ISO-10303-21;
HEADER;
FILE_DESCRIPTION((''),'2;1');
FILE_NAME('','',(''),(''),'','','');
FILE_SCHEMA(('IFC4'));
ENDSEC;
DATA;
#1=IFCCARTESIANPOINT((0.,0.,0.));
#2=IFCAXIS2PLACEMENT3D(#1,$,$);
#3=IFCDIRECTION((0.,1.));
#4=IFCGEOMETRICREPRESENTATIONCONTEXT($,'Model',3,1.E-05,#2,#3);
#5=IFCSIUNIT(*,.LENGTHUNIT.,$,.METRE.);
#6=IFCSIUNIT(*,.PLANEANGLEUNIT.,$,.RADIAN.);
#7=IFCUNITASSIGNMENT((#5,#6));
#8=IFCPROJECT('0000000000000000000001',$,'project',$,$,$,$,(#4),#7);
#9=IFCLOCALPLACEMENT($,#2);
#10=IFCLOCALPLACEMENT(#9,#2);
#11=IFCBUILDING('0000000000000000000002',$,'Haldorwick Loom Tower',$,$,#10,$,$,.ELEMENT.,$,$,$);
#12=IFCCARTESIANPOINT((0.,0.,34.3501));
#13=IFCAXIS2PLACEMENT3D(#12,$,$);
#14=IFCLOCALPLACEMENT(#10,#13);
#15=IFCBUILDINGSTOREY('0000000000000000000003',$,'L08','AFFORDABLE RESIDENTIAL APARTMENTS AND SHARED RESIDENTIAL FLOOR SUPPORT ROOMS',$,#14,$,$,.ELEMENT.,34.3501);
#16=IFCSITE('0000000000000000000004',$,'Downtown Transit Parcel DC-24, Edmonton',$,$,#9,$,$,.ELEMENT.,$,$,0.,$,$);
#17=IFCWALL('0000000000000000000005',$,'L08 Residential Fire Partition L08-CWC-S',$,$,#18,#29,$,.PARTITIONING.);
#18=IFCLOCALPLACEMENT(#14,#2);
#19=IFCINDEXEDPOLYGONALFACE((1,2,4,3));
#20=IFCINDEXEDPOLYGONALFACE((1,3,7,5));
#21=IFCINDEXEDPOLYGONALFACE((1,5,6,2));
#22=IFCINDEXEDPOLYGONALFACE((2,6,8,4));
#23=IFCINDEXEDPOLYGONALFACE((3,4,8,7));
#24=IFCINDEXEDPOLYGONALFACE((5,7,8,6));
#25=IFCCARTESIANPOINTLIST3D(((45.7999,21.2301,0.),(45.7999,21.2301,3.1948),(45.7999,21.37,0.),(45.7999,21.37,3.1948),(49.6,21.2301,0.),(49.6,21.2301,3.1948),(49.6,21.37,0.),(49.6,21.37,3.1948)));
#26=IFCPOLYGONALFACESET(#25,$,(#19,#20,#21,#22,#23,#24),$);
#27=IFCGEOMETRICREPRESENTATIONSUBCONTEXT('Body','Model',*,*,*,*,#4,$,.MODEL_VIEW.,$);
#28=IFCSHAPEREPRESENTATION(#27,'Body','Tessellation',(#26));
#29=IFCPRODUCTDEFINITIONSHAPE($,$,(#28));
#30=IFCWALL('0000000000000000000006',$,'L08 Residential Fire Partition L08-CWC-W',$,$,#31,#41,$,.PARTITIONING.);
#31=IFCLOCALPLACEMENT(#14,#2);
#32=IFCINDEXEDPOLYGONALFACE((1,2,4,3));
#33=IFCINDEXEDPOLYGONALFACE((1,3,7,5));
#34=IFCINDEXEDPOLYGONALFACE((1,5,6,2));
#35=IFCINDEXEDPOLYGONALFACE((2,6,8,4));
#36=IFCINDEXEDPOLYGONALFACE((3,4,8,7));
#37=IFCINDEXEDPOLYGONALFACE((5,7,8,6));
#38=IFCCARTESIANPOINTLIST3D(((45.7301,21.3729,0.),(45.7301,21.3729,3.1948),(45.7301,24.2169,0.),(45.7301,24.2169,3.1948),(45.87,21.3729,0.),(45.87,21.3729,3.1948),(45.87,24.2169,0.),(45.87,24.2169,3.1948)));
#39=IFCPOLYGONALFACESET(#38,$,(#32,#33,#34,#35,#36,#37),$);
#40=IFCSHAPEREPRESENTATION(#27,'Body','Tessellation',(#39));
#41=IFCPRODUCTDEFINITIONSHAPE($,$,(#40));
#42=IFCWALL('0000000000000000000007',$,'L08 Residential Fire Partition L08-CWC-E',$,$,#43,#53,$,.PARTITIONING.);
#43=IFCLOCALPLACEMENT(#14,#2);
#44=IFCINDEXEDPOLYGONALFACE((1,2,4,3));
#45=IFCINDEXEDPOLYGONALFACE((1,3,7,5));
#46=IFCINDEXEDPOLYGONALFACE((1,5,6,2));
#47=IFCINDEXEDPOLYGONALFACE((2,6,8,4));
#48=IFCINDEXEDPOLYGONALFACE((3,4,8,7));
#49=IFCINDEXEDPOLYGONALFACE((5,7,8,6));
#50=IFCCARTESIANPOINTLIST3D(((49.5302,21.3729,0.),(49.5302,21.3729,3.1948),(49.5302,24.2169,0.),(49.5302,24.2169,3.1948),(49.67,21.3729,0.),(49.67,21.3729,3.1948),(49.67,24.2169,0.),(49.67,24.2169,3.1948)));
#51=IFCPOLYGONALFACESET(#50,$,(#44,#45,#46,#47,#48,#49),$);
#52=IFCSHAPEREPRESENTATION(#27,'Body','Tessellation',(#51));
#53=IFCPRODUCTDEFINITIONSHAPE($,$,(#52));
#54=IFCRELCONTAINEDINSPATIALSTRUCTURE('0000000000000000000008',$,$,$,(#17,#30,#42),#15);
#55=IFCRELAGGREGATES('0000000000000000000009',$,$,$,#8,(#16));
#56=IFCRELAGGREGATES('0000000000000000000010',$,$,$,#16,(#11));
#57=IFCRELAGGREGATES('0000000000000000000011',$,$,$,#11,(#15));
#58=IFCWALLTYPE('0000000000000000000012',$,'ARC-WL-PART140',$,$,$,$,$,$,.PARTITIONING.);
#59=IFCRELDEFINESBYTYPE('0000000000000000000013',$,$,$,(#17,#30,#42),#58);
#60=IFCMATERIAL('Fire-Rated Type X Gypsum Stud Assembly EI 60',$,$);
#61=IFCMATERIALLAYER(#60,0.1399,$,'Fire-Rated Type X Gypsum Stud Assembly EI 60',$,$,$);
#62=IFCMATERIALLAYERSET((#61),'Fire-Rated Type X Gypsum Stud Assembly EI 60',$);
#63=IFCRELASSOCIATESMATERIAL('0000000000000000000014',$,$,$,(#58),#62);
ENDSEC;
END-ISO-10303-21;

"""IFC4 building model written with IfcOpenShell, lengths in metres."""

from ifc_helpers import new_model, si_unit, direction, frame, frame_2d, origin, place, context, subcontext, project, spatial, rectangle, extrude, material, layer, layer_set, type_object, element, save


model = new_model("IFC4")

# Units and contexts
model_context = context("Model", 3, precision=1e-05, world=origin(), true_north=direction((0.0, 1.0)))
body_context = subcontext(model_context, "Body", "Model", "MODEL_VIEW")
ifc_project = project(units=[si_unit("LENGTHUNIT", "METRE"), si_unit("PLANEANGLEUNIT", "RADIAN")], contexts=[model_context])

# Site, building, storey
site_placement = place(None, origin())
site = spatial("IfcSite", under=ifc_project, at=site_placement, Name="Downtown Transit Parcel DC-24, Edmonton", CompositionType="ELEMENT", RefElevation=0.0)
building_placement = place(site_placement, origin())
building = spatial("IfcBuilding", under=site, at=building_placement, Name="Haldorwick Loom Tower", CompositionType="ELEMENT")
storey_placement = place(building_placement, frame((0.0, 0.0, 34.3501)))
storey = spatial("IfcBuildingStorey", under=building, at=storey_placement, Name="L08", Description="AFFORDABLE RESIDENTIAL APARTMENTS AND SHARED RESIDENTIAL FLOOR SUPPORT ROOMS", CompositionType="ELEMENT", Elevation=34.3501)

# Shared definitions
ifc_material_1 = material(Name="Fire-Rated Type X Gypsum Stud Assembly EI 60")

# Walls
ifc_layer_1 = layer(ifc_material_1, 0.1399, Name="Fire-Rated Type X Gypsum Stud Assembly EI 60")
ifc_layer_set_1 = layer_set([ifc_layer_1], Name="Fire-Rated Type X Gypsum Stud Assembly EI 60")
wall_type_1 = type_object("IfcWallType", Name="ARC-WL-PART140", PredefinedType="PARTITIONING", material=ifc_layer_set_1)
wall_1_placement = place(storey_placement, frame((45.8, 21.3, 0.0), z_axis=(0.0, 0.0, 1.0), x_axis=(1.0, 0.0, 0.0)))
element("IfcWall", 1, at=wall_1_placement, inside=storey, type_object=wall_type_1, Name="L08 Residential Fire Partition L08-CWC-S", PredefinedType="PARTITIONING", context=body_context, shape_type="SweptSolid", body=[
    extrude(rectangle(XDim=3.8, YDim=0.1399, at=frame_2d((1.8999, 0.0))), origin(), (0.0, 0.0, 1.0), 3.1948),
])
for number, where, z_axis, x_axis, name in (
    (2, (45.8, 21.373, 0.0), (0.0, 0.0, 1.0), (0.0, 1.0, 0.0), "L08 Residential Fire Partition L08-CWC-W"),
    (3, (49.6001, 21.373, 0.0), (0.0, 0.0, 1.0), (0.0, 1.0, 0.0), "L08 Residential Fire Partition L08-CWC-E"),
):
    element("IfcWall", number, at=place(storey_placement, frame(where, z_axis=z_axis, x_axis=x_axis)), inside=storey, type_object=wall_type_1, Name=name, PredefinedType="PARTITIONING", context=body_context, shape_type="SweptSolid", body=[
        extrude(rectangle(XDim=2.844, YDim=0.1399, at=frame_2d((1.4219, 0.0))), origin(), (0.0, 0.0, 1.0), 3.1948),
    ])

save(model, "model.ifc")
